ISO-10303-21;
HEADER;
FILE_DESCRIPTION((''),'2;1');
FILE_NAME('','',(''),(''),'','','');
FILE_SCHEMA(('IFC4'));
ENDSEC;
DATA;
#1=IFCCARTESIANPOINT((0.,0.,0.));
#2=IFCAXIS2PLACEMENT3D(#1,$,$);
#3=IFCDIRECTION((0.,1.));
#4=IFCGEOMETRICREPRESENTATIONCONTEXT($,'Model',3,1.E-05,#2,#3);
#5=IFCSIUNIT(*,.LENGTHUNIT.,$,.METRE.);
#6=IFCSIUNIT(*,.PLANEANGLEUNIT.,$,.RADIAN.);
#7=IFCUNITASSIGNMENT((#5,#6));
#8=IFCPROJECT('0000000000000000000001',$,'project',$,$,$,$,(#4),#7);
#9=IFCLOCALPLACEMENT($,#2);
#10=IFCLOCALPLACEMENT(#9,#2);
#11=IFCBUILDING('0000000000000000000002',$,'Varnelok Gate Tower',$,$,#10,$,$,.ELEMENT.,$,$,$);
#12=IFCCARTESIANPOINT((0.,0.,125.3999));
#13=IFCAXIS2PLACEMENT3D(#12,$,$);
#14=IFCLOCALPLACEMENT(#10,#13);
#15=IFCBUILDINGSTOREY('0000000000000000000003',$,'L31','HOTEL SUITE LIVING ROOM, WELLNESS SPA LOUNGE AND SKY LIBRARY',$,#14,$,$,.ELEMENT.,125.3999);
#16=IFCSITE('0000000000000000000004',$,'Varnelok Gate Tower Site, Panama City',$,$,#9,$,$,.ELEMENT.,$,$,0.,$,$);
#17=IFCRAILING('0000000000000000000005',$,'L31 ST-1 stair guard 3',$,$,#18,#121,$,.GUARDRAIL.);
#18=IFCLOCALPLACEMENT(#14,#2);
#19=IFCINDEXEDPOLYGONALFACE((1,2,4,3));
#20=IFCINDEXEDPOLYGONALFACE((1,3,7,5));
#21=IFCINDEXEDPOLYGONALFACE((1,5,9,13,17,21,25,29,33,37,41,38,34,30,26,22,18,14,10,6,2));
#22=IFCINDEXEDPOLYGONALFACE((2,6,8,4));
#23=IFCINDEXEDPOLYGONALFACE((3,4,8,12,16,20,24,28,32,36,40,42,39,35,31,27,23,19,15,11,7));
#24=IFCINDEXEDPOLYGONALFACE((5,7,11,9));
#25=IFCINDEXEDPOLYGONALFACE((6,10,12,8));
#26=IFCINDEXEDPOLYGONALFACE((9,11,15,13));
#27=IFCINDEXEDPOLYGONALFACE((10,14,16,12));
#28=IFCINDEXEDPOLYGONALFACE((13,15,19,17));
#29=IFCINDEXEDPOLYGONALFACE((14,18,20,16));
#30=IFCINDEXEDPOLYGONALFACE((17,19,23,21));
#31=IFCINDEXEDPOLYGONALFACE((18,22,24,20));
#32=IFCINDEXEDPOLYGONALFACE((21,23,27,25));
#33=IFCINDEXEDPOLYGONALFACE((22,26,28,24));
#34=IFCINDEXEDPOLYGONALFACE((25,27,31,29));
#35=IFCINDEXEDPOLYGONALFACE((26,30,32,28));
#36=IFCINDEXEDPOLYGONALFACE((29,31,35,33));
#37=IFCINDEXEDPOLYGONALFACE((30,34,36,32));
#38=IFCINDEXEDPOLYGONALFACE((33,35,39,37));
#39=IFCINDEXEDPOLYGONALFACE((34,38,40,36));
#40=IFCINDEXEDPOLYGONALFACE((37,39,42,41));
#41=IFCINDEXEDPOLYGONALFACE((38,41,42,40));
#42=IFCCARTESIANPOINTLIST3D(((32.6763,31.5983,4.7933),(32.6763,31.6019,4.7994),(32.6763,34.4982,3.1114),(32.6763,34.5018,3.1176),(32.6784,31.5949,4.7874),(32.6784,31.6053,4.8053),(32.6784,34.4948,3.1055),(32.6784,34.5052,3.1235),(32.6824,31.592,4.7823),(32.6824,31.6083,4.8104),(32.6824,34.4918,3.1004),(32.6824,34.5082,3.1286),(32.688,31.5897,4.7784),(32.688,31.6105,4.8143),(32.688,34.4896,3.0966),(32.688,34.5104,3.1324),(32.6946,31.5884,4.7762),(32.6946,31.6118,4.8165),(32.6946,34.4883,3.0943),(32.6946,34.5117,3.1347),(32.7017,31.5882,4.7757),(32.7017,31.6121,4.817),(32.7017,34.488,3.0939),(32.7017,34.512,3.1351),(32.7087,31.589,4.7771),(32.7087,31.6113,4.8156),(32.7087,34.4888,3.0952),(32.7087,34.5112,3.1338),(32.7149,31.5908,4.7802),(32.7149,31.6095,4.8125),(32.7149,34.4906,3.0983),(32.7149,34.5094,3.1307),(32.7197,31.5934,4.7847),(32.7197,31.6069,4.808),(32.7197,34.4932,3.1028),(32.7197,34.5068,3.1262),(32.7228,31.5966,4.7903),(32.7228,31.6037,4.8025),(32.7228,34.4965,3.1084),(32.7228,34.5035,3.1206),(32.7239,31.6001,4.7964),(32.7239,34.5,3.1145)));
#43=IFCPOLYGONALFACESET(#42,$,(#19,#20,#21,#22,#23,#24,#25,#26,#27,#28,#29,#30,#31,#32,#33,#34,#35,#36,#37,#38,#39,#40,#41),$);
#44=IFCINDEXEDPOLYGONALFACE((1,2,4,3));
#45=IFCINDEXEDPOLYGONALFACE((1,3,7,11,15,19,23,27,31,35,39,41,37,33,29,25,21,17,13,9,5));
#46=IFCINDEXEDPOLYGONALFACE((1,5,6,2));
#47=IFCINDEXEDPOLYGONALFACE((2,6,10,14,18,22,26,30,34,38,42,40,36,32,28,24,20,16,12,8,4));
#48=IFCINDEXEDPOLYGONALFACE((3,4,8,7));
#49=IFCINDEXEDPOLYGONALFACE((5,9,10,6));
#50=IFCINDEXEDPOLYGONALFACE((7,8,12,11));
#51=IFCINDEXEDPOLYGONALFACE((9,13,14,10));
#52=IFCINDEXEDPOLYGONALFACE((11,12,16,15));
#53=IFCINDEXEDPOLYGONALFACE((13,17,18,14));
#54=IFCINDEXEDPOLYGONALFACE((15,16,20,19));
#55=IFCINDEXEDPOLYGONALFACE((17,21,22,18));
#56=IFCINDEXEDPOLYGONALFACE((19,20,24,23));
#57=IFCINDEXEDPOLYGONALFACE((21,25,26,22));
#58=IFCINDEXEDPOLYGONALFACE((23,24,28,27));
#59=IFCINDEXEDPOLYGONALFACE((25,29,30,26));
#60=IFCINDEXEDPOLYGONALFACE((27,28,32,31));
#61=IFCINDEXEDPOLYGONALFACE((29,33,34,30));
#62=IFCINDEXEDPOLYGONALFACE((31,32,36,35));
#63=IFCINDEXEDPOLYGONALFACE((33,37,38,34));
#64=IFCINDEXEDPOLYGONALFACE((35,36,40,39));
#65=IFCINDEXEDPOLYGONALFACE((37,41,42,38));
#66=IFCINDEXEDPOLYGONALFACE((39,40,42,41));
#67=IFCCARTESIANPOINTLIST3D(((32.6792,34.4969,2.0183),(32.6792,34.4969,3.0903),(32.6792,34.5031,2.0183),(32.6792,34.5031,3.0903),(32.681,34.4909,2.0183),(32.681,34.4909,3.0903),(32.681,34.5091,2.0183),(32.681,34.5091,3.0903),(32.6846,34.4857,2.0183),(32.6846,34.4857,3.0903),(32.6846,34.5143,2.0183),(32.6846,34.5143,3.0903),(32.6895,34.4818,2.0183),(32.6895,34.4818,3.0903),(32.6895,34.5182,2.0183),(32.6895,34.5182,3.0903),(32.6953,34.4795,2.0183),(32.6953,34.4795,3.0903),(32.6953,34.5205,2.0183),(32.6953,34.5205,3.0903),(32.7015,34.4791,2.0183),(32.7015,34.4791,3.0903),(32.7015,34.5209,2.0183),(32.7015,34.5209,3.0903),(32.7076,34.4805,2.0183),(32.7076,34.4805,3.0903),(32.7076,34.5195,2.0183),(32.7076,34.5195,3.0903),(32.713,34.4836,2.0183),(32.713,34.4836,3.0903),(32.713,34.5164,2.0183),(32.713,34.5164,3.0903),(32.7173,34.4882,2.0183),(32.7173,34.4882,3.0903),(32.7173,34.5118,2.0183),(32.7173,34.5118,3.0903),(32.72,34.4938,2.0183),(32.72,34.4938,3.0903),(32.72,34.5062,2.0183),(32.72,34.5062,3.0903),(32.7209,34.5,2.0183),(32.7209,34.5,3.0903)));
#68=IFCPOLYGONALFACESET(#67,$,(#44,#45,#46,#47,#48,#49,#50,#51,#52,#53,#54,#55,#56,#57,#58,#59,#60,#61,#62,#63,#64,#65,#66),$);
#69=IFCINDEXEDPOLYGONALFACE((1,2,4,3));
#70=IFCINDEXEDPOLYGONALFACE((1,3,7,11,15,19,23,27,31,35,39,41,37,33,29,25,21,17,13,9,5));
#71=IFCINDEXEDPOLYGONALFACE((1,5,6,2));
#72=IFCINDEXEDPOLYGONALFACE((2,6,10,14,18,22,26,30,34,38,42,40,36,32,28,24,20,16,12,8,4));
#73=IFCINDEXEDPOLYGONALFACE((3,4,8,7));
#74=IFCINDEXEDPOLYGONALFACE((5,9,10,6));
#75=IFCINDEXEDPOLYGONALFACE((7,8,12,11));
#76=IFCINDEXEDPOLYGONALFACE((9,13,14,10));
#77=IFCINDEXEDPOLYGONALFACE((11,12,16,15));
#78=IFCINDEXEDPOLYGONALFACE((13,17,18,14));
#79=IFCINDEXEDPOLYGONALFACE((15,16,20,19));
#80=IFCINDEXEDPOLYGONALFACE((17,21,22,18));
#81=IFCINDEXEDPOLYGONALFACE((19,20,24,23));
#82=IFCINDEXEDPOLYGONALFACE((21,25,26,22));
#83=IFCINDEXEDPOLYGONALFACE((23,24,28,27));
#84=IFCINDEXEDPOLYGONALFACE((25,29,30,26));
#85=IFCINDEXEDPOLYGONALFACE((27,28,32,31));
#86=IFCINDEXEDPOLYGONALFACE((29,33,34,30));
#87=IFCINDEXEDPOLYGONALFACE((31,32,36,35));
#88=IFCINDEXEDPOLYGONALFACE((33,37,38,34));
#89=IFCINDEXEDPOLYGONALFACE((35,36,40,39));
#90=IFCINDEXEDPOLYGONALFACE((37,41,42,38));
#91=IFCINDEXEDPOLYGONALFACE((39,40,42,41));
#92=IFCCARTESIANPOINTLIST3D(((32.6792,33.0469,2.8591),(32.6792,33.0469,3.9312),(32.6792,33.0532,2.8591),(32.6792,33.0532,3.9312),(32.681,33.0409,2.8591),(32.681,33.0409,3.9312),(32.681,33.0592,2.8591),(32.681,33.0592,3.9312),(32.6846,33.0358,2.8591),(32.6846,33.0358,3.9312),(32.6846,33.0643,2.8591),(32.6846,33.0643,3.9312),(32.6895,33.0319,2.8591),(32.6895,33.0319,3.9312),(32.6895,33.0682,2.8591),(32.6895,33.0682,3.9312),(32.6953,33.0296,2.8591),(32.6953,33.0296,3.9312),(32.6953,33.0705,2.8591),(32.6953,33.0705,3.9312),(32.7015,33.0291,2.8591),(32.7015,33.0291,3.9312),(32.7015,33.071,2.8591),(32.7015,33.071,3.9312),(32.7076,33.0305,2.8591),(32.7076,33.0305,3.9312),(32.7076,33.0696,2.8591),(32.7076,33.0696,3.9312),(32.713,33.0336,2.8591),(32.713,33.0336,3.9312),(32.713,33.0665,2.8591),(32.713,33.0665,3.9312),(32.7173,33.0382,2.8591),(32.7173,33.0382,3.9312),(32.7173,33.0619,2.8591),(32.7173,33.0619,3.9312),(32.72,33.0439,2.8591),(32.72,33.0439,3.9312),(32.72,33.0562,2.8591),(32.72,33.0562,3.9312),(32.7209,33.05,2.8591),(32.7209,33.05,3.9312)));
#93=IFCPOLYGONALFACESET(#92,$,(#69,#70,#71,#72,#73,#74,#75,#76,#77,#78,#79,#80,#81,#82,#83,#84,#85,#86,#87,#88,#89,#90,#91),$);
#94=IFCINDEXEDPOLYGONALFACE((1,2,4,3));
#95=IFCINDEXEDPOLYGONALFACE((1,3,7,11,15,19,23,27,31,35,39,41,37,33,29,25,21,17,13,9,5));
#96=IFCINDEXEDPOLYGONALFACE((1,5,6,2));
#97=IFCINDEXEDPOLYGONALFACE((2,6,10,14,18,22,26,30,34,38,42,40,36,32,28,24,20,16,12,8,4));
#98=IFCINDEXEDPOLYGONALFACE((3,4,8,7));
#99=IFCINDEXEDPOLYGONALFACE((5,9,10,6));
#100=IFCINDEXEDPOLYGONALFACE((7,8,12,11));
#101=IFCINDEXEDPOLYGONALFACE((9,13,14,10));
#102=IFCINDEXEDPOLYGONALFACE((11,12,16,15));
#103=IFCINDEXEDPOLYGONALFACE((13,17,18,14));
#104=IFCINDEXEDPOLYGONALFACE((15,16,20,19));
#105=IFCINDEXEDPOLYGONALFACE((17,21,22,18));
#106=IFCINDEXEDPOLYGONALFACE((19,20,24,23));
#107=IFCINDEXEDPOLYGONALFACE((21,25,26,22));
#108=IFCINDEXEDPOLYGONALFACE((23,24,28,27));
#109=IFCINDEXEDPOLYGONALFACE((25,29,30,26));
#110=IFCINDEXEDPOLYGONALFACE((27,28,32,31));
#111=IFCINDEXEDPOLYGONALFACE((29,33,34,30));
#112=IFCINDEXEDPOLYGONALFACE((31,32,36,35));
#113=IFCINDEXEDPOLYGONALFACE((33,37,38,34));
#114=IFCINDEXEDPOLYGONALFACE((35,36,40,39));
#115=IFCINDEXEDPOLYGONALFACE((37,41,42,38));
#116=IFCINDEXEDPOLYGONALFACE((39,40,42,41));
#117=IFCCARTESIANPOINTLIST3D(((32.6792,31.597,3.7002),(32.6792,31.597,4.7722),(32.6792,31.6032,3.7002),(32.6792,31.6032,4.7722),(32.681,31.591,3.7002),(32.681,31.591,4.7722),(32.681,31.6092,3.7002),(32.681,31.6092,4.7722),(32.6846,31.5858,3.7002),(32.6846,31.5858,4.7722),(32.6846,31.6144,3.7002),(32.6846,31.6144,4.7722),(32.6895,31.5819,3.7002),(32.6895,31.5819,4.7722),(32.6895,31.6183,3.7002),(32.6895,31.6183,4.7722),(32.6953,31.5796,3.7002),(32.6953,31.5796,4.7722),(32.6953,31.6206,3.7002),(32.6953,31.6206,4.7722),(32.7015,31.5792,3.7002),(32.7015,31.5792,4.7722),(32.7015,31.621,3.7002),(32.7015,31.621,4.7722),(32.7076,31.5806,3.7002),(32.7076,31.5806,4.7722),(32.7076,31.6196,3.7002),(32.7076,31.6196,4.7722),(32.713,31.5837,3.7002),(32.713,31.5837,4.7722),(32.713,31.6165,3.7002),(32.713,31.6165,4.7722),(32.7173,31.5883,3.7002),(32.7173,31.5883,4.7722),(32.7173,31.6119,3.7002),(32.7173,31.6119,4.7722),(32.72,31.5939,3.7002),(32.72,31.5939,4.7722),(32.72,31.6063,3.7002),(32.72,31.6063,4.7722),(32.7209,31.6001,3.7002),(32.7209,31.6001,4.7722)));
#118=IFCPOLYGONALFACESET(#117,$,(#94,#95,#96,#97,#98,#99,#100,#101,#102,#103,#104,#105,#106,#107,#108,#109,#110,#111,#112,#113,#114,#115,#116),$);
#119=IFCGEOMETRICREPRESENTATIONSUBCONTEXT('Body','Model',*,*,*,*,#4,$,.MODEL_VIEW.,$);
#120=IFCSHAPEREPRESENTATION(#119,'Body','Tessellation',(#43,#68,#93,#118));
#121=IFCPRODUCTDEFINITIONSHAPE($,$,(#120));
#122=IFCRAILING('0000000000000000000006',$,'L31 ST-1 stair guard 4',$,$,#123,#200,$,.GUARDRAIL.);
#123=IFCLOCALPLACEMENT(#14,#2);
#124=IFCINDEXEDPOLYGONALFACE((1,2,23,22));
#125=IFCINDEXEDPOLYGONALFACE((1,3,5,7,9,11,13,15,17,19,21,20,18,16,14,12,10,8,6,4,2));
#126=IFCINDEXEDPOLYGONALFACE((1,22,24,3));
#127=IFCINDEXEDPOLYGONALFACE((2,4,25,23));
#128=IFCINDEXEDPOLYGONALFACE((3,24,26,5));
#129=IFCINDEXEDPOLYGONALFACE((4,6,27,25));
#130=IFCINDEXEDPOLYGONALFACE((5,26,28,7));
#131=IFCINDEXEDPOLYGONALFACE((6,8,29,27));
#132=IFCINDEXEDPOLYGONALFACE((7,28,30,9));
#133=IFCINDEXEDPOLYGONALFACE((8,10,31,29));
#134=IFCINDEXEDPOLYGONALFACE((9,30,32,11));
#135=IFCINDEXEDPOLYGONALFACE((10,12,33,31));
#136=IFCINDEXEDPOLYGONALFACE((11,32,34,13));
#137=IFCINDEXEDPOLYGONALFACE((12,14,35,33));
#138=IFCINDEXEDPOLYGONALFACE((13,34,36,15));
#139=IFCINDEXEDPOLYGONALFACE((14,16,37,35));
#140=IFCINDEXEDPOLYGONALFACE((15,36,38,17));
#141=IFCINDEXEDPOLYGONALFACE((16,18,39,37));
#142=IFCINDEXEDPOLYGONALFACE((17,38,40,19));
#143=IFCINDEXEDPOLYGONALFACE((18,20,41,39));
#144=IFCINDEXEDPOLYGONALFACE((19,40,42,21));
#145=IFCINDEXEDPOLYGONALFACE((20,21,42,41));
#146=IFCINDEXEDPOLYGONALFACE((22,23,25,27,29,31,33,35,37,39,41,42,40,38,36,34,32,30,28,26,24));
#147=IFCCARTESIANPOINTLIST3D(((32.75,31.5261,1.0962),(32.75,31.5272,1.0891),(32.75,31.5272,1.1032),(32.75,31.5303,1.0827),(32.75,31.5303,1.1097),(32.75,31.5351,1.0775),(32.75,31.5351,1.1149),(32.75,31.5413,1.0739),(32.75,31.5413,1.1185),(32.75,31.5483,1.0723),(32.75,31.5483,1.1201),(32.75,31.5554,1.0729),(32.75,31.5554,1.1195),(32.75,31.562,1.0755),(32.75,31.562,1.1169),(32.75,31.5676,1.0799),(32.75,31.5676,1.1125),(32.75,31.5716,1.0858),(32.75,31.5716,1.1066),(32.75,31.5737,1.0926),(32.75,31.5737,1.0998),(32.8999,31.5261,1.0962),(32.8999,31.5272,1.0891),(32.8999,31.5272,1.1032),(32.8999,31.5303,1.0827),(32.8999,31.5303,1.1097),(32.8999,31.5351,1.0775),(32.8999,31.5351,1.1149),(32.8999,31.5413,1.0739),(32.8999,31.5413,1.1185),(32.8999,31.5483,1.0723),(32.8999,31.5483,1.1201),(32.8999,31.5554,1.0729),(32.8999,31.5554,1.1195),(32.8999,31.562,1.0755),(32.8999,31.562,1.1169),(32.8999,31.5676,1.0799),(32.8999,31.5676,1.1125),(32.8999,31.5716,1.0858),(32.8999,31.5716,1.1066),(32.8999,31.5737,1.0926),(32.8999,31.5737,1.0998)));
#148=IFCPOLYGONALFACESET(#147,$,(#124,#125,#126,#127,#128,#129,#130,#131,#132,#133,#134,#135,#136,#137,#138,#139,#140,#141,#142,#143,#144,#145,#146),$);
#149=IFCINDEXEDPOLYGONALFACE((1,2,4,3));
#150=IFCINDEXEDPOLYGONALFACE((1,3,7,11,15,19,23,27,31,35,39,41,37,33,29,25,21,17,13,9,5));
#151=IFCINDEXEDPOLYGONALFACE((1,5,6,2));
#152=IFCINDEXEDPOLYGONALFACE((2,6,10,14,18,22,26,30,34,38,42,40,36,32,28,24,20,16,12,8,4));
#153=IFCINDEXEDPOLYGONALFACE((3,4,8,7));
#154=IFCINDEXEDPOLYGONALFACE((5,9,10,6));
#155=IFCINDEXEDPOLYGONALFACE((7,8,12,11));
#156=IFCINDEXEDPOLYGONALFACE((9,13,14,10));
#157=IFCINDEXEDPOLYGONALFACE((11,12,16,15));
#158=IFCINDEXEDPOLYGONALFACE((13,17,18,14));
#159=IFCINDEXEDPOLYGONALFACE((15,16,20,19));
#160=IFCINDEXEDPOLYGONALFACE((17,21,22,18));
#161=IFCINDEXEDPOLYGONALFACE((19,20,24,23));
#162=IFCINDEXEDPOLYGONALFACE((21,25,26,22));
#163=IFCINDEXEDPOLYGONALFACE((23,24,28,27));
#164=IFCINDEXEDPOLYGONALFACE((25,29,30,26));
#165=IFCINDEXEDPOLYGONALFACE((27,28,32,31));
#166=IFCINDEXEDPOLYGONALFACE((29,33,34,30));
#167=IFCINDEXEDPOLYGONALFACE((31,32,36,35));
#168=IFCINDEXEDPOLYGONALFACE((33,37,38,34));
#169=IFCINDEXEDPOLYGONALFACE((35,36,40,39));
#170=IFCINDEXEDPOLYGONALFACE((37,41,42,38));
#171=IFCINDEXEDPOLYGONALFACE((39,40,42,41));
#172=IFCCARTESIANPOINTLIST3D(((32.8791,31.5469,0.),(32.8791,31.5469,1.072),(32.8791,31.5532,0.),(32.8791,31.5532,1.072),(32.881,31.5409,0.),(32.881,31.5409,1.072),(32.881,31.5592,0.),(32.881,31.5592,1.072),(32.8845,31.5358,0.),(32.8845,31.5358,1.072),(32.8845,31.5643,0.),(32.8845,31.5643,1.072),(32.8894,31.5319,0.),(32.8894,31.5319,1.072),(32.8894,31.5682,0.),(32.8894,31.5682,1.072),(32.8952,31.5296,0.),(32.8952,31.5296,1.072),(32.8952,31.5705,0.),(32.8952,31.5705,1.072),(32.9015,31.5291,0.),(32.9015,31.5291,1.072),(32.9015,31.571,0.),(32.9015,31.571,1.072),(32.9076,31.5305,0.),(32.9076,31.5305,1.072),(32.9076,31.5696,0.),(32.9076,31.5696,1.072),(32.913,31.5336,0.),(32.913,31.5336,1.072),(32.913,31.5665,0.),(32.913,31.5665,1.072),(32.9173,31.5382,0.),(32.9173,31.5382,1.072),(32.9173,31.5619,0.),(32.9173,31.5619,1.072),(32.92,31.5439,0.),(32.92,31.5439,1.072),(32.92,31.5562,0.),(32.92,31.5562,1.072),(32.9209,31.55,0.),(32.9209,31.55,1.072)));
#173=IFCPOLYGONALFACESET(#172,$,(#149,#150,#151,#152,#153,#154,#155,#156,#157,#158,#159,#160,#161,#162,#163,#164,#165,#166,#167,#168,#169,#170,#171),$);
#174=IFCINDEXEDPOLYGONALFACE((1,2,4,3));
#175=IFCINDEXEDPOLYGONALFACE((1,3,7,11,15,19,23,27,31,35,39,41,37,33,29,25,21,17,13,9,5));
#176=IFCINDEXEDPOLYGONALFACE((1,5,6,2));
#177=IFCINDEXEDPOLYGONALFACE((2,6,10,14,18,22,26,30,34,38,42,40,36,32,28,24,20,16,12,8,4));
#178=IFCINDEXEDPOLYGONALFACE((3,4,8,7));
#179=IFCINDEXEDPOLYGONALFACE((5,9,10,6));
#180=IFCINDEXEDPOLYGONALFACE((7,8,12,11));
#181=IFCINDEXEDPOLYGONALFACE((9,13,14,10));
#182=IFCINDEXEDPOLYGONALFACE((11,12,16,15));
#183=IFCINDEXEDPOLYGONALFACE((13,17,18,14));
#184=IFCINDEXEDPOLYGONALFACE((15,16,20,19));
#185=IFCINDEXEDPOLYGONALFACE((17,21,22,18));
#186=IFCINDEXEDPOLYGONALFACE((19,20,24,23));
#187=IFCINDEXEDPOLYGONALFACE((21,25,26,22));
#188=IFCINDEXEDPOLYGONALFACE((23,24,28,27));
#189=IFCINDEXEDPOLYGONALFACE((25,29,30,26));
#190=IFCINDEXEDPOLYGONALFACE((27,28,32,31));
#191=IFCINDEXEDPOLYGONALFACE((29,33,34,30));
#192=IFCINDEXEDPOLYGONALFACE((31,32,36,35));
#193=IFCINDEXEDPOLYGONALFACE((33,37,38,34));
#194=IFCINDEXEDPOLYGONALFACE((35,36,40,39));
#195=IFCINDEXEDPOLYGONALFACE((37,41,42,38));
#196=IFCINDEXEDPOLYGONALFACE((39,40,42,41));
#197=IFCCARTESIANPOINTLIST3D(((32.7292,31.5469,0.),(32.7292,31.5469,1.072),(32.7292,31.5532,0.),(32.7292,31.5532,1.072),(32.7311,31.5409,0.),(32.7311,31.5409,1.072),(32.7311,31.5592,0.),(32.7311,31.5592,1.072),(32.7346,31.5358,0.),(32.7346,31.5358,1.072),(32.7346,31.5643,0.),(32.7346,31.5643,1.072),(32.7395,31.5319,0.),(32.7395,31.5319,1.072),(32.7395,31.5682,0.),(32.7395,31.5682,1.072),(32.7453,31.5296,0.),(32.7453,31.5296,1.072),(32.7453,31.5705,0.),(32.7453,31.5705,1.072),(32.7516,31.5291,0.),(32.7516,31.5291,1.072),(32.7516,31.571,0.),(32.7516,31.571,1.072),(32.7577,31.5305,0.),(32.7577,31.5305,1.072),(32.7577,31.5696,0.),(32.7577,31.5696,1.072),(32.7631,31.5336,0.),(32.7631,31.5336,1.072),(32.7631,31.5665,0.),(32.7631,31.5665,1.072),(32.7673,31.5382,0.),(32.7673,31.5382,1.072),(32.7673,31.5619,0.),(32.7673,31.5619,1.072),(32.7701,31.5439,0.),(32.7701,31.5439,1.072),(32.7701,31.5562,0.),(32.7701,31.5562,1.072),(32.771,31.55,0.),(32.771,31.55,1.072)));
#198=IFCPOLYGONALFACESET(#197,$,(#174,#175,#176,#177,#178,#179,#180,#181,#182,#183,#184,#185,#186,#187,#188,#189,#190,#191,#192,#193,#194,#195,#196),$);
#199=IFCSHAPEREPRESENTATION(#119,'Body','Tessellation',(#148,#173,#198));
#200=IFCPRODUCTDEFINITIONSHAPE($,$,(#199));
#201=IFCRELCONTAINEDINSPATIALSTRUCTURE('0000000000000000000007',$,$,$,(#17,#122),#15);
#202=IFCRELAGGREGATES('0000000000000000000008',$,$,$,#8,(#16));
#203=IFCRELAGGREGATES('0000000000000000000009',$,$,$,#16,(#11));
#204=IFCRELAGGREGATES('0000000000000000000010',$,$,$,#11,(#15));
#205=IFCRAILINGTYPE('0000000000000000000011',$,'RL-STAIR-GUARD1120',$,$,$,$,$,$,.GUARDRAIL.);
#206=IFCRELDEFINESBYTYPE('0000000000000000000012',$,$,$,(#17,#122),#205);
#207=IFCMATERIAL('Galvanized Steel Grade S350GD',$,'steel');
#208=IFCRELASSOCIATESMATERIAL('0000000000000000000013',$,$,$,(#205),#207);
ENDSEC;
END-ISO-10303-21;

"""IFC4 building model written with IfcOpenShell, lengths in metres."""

from ifc_helpers import new_model, si_unit, direction, frame, origin, origin_2d, place, context, subcontext, project, spatial, circle, extrude, material, type_object, element, save


model = new_model("IFC4")

# Units and contexts
model_context = context("Model", 3, precision=1e-05, world=origin(), true_north=direction((0.0, 1.0)))
body_context = subcontext(model_context, "Body", "Model", "MODEL_VIEW")
ifc_project = project(units=[si_unit("LENGTHUNIT", "METRE"), si_unit("PLANEANGLEUNIT", "RADIAN")], contexts=[model_context])

# Site, building, storey
site_placement = place(None, origin())
site = spatial("IfcSite", under=ifc_project, at=site_placement, Name="Varnelok Gate Tower Site, Panama City", CompositionType="ELEMENT", RefElevation=0.0)
building_placement = place(site_placement, origin())
building = spatial("IfcBuilding", under=site, at=building_placement, Name="Varnelok Gate Tower", CompositionType="ELEMENT")
storey_placement = place(building_placement, frame((0.0, 0.0, 125.3999)))
storey = spatial("IfcBuildingStorey", under=building, at=storey_placement, Name="L31", Description="HOTEL SUITE LIVING ROOM, WELLNESS SPA LOUNGE AND SKY LIBRARY", CompositionType="ELEMENT", Elevation=125.3999)

# Shared definitions
ifc_material_1 = material(Name="Galvanized Steel Grade S350GD", Category="steel")

# Railings
railing_type_1 = type_object("IfcRailingType", Name="RL-STAIR-GUARD1120", PredefinedType="GUARDRAIL", material=ifc_material_1)
railing_1_placement = place(storey_placement, frame((32.7, 34.5, 2.0183)))
element("IfcRailing", 1, at=railing_1_placement, inside=storey, type_object=railing_type_1, Name="L31 ST-1 stair guard 3", PredefinedType="GUARDRAIL", context=body_context, shape_type="SweptSolid", body=[
    extrude(circle(Radius=0.0239, at=origin_2d()), frame((0.0, 0.0, 1.0962), z_axis=(0.0, -0.865039, 0.501705), x_axis=(1.0, 0.0, 0.0)), (0.0, 0.0, 1.0), 3.3523),
    extrude(circle(Radius=0.021, at=origin_2d()), origin(), (0.0, 0.0, 1.0), 1.072),
    extrude(circle(Radius=0.021, at=origin_2d()), frame((0.0, -1.45, 0.8408)), (0.0, 0.0, 1.0), 1.072),
    extrude(circle(Radius=0.021, at=origin_2d()), frame((0.0, -2.8999, 1.6819)), (0.0, 0.0, 1.0), 1.072),
])
railing_2_placement = place(storey_placement, frame((32.8999, 31.55, 0.0)))
element("IfcRailing", 2, at=railing_2_placement, inside=storey, type_object=railing_type_1, Name="L31 ST-1 stair guard 4", PredefinedType="GUARDRAIL", context=body_context, shape_type="SweptSolid", body=[
    extrude(circle(Radius=0.0239, at=origin_2d()), frame((0.0, 0.0, 1.0962), z_axis=(-1.0, 0.0, 0.0), x_axis=(0.0, -1.0, 0.0)), (0.0, 0.0, 1.0), 0.1499),
    extrude(circle(Radius=0.021, at=origin_2d()), origin(), (0.0, 0.0, 1.0), 1.072),
    extrude(circle(Radius=0.021, at=origin_2d()), frame((-0.1499, 0.0, 0.0)), (0.0, 0.0, 1.0), 1.072),
])

save(model, "model.ifc")
